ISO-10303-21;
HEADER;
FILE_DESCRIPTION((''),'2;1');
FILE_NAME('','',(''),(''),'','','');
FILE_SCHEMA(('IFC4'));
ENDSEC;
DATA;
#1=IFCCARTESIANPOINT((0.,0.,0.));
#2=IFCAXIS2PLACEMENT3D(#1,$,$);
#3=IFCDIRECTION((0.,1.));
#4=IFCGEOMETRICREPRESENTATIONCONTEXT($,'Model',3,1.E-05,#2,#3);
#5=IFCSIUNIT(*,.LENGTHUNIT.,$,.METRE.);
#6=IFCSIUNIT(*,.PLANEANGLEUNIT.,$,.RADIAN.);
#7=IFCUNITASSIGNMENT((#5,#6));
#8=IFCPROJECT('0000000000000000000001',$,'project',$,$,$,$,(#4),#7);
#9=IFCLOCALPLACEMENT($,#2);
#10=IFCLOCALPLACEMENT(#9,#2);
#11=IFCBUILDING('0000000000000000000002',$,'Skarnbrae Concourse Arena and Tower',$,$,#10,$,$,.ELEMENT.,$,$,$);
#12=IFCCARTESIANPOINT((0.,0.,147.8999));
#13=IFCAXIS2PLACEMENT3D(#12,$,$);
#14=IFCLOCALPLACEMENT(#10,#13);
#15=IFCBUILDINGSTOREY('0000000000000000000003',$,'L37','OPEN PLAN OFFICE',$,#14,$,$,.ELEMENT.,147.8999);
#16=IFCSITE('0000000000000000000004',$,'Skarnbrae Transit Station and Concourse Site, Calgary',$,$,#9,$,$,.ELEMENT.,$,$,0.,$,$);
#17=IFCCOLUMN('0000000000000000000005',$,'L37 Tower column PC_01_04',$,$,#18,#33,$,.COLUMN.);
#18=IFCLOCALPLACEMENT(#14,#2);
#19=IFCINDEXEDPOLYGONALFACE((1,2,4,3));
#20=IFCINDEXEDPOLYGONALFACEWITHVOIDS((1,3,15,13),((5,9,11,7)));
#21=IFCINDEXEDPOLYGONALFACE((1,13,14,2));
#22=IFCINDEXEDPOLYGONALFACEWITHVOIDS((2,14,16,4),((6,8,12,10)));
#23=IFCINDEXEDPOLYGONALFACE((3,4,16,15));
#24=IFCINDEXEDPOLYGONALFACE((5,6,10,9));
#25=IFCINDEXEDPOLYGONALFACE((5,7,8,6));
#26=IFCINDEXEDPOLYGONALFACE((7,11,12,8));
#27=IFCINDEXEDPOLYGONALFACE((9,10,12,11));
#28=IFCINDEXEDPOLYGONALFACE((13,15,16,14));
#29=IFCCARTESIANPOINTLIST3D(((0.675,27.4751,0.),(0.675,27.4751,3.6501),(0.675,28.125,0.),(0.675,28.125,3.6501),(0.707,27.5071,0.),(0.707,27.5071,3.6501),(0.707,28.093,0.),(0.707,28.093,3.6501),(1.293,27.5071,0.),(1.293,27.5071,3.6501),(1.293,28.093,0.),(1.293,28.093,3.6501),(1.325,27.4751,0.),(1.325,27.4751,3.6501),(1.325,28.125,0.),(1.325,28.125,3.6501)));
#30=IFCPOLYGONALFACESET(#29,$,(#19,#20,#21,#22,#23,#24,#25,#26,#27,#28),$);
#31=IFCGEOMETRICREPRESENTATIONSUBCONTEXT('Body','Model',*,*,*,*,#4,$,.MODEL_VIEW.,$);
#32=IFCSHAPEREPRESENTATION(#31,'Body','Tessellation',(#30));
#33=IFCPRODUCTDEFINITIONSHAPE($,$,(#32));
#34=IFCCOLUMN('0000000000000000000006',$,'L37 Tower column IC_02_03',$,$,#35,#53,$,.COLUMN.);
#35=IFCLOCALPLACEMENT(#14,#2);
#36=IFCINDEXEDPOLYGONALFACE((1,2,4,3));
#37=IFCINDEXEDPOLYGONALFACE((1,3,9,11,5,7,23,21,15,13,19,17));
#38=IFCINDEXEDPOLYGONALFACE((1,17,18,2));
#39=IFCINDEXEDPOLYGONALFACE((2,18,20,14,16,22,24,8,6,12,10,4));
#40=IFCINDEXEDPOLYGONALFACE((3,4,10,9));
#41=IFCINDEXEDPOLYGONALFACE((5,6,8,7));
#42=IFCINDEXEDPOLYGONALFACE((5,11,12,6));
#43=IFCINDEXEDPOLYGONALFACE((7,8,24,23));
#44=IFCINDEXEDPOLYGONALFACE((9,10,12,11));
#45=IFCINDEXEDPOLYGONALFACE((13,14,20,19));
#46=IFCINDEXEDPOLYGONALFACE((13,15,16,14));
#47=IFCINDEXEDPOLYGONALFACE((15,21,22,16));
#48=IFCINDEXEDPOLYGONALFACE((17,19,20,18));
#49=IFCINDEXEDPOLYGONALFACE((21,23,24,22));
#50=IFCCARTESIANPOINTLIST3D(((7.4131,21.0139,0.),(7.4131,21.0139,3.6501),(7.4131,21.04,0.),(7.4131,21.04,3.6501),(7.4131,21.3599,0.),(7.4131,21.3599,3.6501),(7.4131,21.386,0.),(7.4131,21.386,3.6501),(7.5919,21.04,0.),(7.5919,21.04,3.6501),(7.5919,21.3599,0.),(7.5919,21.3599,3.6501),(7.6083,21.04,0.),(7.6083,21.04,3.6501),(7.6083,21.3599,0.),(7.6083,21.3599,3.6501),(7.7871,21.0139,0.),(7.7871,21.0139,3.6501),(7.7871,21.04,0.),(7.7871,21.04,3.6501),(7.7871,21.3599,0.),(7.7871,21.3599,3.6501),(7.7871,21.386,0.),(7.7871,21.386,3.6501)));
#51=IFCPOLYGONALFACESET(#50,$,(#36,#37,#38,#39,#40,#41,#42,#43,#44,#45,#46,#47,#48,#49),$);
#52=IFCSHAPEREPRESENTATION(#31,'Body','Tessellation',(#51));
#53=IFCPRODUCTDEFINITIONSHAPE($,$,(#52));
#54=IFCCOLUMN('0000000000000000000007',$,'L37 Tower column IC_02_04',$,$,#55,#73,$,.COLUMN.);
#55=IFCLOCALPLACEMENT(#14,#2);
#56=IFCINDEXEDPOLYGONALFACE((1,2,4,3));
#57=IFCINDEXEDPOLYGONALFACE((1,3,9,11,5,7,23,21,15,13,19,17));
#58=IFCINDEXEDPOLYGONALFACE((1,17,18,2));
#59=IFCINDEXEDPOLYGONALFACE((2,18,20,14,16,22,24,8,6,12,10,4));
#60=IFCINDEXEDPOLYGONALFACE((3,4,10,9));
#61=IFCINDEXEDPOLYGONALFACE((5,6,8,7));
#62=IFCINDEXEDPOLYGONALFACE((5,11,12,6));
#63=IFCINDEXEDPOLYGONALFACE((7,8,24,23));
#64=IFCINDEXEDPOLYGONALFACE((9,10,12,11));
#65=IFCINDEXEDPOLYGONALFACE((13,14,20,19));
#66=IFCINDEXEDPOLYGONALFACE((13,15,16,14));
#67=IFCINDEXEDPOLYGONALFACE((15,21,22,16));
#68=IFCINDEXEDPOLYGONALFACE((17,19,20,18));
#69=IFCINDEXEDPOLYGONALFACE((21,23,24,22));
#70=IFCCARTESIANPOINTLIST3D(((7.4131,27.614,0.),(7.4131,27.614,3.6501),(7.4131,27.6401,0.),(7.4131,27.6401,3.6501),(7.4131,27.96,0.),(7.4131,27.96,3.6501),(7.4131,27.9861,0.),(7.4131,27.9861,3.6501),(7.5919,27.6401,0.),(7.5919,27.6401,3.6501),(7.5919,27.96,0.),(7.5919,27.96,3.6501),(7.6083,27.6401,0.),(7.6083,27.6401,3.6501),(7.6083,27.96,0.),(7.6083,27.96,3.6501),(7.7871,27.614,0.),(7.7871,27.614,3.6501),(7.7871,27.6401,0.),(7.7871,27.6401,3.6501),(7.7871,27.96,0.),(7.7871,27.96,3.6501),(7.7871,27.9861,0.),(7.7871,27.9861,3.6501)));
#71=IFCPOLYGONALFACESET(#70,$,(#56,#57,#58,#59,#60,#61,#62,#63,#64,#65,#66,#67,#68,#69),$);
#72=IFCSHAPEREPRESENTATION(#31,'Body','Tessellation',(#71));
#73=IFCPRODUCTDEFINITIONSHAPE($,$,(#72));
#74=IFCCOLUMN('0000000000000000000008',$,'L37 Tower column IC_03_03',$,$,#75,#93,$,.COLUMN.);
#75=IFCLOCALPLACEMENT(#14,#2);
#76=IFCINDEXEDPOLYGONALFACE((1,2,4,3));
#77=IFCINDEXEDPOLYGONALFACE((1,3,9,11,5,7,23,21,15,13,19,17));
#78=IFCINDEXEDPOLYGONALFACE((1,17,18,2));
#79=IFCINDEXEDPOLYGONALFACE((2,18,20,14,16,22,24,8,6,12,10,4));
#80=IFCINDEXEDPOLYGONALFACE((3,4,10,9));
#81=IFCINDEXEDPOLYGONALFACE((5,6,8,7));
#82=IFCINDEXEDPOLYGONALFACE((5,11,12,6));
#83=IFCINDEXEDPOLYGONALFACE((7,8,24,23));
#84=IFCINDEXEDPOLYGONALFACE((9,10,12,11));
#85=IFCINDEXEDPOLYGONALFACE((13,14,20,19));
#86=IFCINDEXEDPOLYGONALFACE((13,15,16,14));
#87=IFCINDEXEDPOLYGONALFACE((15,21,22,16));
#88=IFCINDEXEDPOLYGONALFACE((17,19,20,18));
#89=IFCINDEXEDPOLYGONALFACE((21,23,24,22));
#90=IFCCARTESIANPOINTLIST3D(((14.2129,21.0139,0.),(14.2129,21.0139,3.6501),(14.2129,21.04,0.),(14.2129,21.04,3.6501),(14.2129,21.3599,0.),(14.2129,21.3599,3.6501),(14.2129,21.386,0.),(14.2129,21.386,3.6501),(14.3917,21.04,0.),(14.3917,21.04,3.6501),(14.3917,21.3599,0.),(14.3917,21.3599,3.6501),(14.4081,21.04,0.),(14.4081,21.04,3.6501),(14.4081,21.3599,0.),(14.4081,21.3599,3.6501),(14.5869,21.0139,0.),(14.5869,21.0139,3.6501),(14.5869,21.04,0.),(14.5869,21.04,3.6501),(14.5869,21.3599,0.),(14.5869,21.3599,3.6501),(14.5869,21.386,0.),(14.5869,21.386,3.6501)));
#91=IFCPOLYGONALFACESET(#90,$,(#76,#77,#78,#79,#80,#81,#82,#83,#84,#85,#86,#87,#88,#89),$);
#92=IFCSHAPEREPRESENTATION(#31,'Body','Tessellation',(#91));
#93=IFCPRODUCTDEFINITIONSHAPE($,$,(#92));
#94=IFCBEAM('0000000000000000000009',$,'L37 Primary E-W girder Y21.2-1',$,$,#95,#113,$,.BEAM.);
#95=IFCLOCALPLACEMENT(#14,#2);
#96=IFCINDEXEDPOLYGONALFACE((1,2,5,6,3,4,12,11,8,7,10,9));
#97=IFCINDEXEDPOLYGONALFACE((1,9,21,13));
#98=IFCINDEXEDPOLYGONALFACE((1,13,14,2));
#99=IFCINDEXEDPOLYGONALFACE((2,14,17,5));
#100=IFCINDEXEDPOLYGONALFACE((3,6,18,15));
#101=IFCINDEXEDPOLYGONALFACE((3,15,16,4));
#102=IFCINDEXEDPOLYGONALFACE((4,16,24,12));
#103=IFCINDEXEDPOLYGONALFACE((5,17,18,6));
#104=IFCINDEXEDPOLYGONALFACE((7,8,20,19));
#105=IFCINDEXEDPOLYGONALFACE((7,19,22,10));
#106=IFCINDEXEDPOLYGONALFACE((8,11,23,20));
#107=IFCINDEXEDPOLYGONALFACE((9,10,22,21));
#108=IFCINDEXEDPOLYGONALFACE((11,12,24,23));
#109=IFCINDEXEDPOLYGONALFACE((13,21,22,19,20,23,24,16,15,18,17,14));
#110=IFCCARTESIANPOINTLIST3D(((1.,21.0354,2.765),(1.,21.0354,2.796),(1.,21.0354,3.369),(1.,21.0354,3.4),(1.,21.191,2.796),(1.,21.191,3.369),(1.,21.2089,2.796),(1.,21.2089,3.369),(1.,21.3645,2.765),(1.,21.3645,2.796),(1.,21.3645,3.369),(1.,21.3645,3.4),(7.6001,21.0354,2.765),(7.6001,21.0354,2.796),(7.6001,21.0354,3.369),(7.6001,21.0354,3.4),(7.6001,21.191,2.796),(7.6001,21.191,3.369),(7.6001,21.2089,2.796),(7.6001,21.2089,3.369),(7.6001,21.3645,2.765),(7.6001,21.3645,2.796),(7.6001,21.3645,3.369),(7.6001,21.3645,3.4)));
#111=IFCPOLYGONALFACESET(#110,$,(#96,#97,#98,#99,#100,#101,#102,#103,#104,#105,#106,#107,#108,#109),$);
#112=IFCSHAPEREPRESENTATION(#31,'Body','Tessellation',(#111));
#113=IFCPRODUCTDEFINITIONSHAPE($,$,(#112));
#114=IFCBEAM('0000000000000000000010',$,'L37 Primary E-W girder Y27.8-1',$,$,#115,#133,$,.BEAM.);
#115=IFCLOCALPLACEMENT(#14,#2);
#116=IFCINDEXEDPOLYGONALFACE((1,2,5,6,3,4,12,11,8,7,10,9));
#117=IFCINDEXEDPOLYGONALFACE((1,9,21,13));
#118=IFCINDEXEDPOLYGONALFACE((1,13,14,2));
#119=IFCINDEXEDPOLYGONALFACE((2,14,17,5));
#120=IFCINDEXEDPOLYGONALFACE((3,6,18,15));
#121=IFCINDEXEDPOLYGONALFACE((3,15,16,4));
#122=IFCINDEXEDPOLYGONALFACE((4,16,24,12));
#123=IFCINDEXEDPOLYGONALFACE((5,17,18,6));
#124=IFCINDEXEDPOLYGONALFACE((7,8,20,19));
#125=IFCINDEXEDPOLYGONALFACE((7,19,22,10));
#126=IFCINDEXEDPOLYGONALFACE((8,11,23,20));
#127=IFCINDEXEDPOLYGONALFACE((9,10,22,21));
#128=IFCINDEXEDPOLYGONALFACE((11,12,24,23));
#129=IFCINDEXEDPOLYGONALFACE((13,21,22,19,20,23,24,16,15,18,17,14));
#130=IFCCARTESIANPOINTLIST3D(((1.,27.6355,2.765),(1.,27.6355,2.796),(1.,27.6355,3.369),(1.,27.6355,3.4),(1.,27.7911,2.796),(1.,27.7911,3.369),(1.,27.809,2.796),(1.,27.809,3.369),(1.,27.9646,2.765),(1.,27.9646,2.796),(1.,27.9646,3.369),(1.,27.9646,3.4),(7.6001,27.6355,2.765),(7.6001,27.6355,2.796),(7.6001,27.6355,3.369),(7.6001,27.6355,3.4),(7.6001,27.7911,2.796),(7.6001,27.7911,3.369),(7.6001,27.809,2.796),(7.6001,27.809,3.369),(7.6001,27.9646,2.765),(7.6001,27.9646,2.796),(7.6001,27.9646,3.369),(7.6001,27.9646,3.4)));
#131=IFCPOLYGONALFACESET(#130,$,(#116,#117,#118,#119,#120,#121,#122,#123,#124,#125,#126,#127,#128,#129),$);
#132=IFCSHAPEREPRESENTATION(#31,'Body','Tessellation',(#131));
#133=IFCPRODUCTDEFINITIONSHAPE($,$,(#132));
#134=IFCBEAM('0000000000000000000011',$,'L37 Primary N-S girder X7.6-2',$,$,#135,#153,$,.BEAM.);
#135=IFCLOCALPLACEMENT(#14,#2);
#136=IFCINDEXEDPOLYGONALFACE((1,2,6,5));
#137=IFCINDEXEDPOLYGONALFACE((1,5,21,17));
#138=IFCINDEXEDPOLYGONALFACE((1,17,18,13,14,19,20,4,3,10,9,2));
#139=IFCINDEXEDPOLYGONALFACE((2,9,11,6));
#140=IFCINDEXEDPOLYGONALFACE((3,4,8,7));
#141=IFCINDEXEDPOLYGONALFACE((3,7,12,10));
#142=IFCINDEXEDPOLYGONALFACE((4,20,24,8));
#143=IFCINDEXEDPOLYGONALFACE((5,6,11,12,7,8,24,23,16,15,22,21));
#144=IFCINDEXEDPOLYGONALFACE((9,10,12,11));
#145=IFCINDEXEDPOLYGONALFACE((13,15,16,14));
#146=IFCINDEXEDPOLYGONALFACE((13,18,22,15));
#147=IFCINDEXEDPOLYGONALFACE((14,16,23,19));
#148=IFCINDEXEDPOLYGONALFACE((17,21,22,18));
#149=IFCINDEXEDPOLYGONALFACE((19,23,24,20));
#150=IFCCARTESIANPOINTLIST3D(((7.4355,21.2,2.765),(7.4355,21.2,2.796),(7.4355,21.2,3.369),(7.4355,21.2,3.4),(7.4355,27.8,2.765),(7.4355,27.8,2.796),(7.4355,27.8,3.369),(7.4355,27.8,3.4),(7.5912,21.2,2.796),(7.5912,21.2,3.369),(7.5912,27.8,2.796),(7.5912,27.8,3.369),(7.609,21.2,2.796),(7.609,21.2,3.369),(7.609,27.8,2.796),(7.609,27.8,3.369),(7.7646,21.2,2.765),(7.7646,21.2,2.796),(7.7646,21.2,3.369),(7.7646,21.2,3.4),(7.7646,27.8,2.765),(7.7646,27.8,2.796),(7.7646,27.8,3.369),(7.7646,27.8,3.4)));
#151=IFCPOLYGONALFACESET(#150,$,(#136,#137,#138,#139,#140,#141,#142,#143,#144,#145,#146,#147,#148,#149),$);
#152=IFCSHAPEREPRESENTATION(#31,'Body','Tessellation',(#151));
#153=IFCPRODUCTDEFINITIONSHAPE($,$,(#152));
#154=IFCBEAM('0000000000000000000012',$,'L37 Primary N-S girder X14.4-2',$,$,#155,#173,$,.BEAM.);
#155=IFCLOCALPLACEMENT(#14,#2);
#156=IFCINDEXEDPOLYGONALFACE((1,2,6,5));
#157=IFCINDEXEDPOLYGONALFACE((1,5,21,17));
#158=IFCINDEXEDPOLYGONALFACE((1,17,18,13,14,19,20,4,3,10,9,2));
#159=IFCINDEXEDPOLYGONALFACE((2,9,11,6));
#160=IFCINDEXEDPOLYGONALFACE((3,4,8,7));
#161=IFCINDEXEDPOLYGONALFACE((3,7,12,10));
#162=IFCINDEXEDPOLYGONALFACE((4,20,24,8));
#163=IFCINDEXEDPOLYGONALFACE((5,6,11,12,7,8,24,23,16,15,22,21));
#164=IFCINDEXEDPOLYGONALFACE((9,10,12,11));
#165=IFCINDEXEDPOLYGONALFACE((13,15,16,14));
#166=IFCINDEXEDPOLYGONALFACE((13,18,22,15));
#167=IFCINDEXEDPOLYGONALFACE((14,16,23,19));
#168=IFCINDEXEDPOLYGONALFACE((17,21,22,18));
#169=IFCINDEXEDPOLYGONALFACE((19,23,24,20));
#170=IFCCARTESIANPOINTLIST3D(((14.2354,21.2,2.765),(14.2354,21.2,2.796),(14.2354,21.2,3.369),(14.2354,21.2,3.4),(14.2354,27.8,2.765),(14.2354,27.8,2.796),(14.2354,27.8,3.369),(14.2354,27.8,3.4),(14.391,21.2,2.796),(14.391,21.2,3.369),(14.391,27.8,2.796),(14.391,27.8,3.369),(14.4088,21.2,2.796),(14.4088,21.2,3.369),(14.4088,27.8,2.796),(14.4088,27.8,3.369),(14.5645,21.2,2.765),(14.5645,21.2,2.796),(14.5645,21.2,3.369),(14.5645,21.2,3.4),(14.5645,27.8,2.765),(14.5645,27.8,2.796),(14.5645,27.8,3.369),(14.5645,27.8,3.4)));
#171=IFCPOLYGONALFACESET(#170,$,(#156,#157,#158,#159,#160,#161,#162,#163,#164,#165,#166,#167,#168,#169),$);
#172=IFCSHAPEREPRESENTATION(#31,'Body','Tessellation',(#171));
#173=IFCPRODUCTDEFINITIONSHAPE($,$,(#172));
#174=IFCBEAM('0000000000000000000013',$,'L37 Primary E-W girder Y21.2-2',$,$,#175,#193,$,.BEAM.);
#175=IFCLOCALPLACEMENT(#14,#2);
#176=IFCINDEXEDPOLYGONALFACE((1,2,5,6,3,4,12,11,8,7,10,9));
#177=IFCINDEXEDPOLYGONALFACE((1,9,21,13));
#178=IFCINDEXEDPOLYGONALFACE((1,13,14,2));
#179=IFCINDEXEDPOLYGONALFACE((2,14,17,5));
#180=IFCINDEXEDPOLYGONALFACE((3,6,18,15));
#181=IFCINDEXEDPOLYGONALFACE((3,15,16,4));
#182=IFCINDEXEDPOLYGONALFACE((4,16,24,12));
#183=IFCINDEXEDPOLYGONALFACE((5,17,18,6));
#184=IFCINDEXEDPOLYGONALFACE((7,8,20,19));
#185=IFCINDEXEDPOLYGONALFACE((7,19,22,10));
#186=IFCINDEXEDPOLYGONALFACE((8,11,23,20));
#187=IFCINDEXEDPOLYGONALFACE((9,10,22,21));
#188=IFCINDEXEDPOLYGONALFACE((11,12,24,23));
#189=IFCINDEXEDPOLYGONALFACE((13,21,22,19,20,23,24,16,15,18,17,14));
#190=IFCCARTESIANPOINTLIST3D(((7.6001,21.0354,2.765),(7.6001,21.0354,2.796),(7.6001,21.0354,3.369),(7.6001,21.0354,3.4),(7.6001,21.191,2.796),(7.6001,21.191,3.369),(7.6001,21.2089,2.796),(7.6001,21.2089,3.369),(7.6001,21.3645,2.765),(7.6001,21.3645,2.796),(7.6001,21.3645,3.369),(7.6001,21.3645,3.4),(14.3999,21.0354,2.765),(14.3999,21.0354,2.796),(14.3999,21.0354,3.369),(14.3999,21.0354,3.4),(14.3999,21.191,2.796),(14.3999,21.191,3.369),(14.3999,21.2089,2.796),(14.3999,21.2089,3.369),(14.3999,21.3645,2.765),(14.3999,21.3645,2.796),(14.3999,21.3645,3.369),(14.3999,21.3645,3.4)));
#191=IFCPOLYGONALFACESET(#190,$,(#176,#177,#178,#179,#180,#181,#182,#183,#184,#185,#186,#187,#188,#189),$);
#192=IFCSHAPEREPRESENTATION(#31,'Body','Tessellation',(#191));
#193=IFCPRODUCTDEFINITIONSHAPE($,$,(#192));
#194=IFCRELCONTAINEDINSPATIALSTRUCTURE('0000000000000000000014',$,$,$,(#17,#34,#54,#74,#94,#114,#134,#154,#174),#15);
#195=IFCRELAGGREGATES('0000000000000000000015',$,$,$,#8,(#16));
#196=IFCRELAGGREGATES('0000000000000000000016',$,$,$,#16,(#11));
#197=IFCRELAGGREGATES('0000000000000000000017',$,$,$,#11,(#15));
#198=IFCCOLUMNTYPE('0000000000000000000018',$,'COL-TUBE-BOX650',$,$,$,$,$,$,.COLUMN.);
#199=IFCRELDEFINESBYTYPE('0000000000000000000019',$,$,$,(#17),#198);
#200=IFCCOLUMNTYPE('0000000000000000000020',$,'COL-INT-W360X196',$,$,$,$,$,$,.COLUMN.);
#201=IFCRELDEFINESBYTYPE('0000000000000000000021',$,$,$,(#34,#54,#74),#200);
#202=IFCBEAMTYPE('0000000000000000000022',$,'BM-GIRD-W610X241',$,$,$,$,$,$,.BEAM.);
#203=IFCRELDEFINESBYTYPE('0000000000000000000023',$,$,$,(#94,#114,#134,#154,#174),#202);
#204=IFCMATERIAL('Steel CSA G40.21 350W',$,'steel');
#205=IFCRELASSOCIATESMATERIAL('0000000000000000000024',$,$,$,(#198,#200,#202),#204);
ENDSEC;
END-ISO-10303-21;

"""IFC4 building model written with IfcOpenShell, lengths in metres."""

from ifc_helpers import new_model, si_unit, direction, frame, origin, origin_2d, place, context, subcontext, project, spatial, hollow_rectangle, i_section, extrude, source, transform, mapped, material, material_profile, profile_set, type_object, element, save


model = new_model("IFC4")

# Units and contexts
model_context = context("Model", 3, precision=1e-05, world=origin(), true_north=direction((0.0, 1.0)))
body_context = subcontext(model_context, "Body", "Model", "MODEL_VIEW")
ifc_project = project(units=[si_unit("LENGTHUNIT", "METRE"), si_unit("PLANEANGLEUNIT", "RADIAN")], contexts=[model_context])

# Site, building, storey
site_placement = place(None, origin())
site = spatial("IfcSite", under=ifc_project, at=site_placement, Name="Skarnbrae Transit Station and Concourse Site, Calgary", CompositionType="ELEMENT", RefElevation=0.0)
building_placement = place(site_placement, origin())
building = spatial("IfcBuilding", under=site, at=building_placement, Name="Skarnbrae Concourse Arena and Tower", CompositionType="ELEMENT")
storey_placement = place(building_placement, frame((0.0, 0.0, 147.8999)))
storey = spatial("IfcBuildingStorey", under=building, at=storey_placement, Name="L37", Description="OPEN PLAN OFFICE", CompositionType="ELEMENT", Elevation=147.8999)

# Columns
ifc_material_1 = material(Name="Steel CSA G40.21 350W", Category="steel")
ifc_material_profile_1 = material_profile(ifc_material_1, hollow_rectangle(XDim=0.6499, YDim=0.6499, WallThickness=0.032, at=origin_2d()), Name="BOX650X650X32")
ifc_profile_set_1 = profile_set([ifc_material_profile_1], Name="Steel CSA G40.21 350W")
column_type_1 = type_object("IfcColumnType", Name="COL-TUBE-BOX650", PredefinedType="COLUMN", material=ifc_profile_set_1)
shared_shape_1 = source(origin(), body_context, "Body", "SweptSolid", [
    extrude(hollow_rectangle(XDim=0.6499, YDim=0.6499, WallThickness=0.032, at=origin_2d()), origin(), (0.0, 0.0, 1.0), 3.6501),
])
column_placement = place(storey_placement, frame((1.0, 27.8, 0.0), z_axis=(0.0, 0.0, 1.0), x_axis=(1.0, 0.0, 0.0)))
element("IfcColumn", 1, at=column_placement, inside=storey, type_object=column_type_1, Name="L37 Tower column PC_01_04", PredefinedType="COLUMN", context=body_context, shape_type="MappedRepresentation", body=[
    mapped(shared_shape_1, transform((0.0, 0.0, 0.0))),
])
ifc_material_profile_2 = material_profile(ifc_material_1, i_section(OverallWidth=0.374, OverallDepth=0.3721, WebThickness=0.0164, FlangeThickness=0.0261, at=origin_2d()), Name="W360X196")
ifc_profile_set_2 = profile_set([ifc_material_profile_2], Name="Steel CSA G40.21 350W")
column_type_2 = type_object("IfcColumnType", Name="COL-INT-W360X196", PredefinedType="COLUMN", material=ifc_profile_set_2)
shared_shape_2 = source(origin(), body_context, "Body", "SweptSolid", [
    extrude(i_section(OverallWidth=0.374, OverallDepth=0.3721, WebThickness=0.0164, FlangeThickness=0.0261, at=origin_2d()), origin(), (0.0, 0.0, 1.0), 3.6501),
])
for number, where, z_axis, x_axis, name in (
    (2, (7.6001, 21.2, 0.0), (0.0, 0.0, 1.0), (1.0, 0.0, 0.0), "L37 Tower column IC_02_03"),
    (3, (7.6001, 27.8, 0.0), (0.0, 0.0, 1.0), (1.0, 0.0, 0.0), "L37 Tower column IC_02_04"),
    (4, (14.3999, 21.2, 0.0), (0.0, 0.0, 1.0), (1.0, 0.0, 0.0), "L37 Tower column IC_03_03"),
):
    element("IfcColumn", number, at=place(storey_placement, frame(where, z_axis=z_axis, x_axis=x_axis)), inside=storey, type_object=column_type_2, Name=name, PredefinedType="COLUMN", context=body_context, shape_type="MappedRepresentation", body=[
        mapped(shared_shape_2, transform((0.0, 0.0, 0.0))),
    ])

# Beams
ifc_material_profile_3 = material_profile(ifc_material_1, i_section(OverallWidth=0.3291, OverallDepth=0.635, WebThickness=0.0178, FlangeThickness=0.031, at=origin_2d()), Name="W610X241")
ifc_profile_set_3 = profile_set([ifc_material_profile_3], Name="Steel CSA G40.21 350W")
beam_type_1 = type_object("IfcBeamType", Name="BM-GIRD-W610X241", PredefinedType="BEAM", material=ifc_profile_set_3)
shared_shape_3 = source(origin(), body_context, "Body", "SweptSolid", [
    extrude(i_section(OverallWidth=0.3291, OverallDepth=0.635, WebThickness=0.0178, FlangeThickness=0.031, at=origin_2d()), origin(), (0.0, 0.0, 1.0), 6.6001),
])
for number, where, z_axis, x_axis, name in (
    (5, (1.0, 21.2, 3.0825), (1.0, 0.0, 0.0), (0.0, 1.0, 0.0), "L37 Primary E-W girder Y21.2-1"),
    (6, (1.0, 27.8, 3.0825), (1.0, 0.0, 0.0), (0.0, 1.0, 0.0), "L37 Primary E-W girder Y27.8-1"),
    (7, (7.6001, 21.2, 3.0825), (0.0, 1.0, 0.0), (-1.0, 0.0, 0.0), "L37 Primary N-S girder X7.6-2"),
    (8, (14.3999, 21.2, 3.0825), (0.0, 1.0, 0.0), (-1.0, 0.0, 0.0), "L37 Primary N-S girder X14.4-2"),
):
    element("IfcBeam", number, at=place(storey_placement, frame(where, z_axis=z_axis, x_axis=x_axis)), inside=storey, type_object=beam_type_1, Name=name, PredefinedType="BEAM", context=body_context, shape_type="MappedRepresentation", body=[
        mapped(shared_shape_3, transform((0.0, 0.0, 0.0))),
    ])
shared_shape_4 = source(origin(), body_context, "Body", "SweptSolid", [
    extrude(i_section(OverallWidth=0.3291, OverallDepth=0.635, WebThickness=0.0178, FlangeThickness=0.031, at=origin_2d()), origin(), (0.0, 0.0, 1.0), 6.7998),
])
for number, where, z_axis, x_axis, name in (
    (9, (7.6001, 21.2, 3.0825), (1.0, 0.0, 0.0), (0.0, 1.0, 0.0), "L37 Primary E-W girder Y21.2-2"),
):
    element("IfcBeam", number, at=place(storey_placement, frame(where, z_axis=z_axis, x_axis=x_axis)), inside=storey, type_object=beam_type_1, Name=name, PredefinedType="BEAM", context=body_context, shape_type="MappedRepresentation", body=[
        mapped(shared_shape_4, transform((0.0, 0.0, 0.0))),
    ])

save(model, "model.ifc")
